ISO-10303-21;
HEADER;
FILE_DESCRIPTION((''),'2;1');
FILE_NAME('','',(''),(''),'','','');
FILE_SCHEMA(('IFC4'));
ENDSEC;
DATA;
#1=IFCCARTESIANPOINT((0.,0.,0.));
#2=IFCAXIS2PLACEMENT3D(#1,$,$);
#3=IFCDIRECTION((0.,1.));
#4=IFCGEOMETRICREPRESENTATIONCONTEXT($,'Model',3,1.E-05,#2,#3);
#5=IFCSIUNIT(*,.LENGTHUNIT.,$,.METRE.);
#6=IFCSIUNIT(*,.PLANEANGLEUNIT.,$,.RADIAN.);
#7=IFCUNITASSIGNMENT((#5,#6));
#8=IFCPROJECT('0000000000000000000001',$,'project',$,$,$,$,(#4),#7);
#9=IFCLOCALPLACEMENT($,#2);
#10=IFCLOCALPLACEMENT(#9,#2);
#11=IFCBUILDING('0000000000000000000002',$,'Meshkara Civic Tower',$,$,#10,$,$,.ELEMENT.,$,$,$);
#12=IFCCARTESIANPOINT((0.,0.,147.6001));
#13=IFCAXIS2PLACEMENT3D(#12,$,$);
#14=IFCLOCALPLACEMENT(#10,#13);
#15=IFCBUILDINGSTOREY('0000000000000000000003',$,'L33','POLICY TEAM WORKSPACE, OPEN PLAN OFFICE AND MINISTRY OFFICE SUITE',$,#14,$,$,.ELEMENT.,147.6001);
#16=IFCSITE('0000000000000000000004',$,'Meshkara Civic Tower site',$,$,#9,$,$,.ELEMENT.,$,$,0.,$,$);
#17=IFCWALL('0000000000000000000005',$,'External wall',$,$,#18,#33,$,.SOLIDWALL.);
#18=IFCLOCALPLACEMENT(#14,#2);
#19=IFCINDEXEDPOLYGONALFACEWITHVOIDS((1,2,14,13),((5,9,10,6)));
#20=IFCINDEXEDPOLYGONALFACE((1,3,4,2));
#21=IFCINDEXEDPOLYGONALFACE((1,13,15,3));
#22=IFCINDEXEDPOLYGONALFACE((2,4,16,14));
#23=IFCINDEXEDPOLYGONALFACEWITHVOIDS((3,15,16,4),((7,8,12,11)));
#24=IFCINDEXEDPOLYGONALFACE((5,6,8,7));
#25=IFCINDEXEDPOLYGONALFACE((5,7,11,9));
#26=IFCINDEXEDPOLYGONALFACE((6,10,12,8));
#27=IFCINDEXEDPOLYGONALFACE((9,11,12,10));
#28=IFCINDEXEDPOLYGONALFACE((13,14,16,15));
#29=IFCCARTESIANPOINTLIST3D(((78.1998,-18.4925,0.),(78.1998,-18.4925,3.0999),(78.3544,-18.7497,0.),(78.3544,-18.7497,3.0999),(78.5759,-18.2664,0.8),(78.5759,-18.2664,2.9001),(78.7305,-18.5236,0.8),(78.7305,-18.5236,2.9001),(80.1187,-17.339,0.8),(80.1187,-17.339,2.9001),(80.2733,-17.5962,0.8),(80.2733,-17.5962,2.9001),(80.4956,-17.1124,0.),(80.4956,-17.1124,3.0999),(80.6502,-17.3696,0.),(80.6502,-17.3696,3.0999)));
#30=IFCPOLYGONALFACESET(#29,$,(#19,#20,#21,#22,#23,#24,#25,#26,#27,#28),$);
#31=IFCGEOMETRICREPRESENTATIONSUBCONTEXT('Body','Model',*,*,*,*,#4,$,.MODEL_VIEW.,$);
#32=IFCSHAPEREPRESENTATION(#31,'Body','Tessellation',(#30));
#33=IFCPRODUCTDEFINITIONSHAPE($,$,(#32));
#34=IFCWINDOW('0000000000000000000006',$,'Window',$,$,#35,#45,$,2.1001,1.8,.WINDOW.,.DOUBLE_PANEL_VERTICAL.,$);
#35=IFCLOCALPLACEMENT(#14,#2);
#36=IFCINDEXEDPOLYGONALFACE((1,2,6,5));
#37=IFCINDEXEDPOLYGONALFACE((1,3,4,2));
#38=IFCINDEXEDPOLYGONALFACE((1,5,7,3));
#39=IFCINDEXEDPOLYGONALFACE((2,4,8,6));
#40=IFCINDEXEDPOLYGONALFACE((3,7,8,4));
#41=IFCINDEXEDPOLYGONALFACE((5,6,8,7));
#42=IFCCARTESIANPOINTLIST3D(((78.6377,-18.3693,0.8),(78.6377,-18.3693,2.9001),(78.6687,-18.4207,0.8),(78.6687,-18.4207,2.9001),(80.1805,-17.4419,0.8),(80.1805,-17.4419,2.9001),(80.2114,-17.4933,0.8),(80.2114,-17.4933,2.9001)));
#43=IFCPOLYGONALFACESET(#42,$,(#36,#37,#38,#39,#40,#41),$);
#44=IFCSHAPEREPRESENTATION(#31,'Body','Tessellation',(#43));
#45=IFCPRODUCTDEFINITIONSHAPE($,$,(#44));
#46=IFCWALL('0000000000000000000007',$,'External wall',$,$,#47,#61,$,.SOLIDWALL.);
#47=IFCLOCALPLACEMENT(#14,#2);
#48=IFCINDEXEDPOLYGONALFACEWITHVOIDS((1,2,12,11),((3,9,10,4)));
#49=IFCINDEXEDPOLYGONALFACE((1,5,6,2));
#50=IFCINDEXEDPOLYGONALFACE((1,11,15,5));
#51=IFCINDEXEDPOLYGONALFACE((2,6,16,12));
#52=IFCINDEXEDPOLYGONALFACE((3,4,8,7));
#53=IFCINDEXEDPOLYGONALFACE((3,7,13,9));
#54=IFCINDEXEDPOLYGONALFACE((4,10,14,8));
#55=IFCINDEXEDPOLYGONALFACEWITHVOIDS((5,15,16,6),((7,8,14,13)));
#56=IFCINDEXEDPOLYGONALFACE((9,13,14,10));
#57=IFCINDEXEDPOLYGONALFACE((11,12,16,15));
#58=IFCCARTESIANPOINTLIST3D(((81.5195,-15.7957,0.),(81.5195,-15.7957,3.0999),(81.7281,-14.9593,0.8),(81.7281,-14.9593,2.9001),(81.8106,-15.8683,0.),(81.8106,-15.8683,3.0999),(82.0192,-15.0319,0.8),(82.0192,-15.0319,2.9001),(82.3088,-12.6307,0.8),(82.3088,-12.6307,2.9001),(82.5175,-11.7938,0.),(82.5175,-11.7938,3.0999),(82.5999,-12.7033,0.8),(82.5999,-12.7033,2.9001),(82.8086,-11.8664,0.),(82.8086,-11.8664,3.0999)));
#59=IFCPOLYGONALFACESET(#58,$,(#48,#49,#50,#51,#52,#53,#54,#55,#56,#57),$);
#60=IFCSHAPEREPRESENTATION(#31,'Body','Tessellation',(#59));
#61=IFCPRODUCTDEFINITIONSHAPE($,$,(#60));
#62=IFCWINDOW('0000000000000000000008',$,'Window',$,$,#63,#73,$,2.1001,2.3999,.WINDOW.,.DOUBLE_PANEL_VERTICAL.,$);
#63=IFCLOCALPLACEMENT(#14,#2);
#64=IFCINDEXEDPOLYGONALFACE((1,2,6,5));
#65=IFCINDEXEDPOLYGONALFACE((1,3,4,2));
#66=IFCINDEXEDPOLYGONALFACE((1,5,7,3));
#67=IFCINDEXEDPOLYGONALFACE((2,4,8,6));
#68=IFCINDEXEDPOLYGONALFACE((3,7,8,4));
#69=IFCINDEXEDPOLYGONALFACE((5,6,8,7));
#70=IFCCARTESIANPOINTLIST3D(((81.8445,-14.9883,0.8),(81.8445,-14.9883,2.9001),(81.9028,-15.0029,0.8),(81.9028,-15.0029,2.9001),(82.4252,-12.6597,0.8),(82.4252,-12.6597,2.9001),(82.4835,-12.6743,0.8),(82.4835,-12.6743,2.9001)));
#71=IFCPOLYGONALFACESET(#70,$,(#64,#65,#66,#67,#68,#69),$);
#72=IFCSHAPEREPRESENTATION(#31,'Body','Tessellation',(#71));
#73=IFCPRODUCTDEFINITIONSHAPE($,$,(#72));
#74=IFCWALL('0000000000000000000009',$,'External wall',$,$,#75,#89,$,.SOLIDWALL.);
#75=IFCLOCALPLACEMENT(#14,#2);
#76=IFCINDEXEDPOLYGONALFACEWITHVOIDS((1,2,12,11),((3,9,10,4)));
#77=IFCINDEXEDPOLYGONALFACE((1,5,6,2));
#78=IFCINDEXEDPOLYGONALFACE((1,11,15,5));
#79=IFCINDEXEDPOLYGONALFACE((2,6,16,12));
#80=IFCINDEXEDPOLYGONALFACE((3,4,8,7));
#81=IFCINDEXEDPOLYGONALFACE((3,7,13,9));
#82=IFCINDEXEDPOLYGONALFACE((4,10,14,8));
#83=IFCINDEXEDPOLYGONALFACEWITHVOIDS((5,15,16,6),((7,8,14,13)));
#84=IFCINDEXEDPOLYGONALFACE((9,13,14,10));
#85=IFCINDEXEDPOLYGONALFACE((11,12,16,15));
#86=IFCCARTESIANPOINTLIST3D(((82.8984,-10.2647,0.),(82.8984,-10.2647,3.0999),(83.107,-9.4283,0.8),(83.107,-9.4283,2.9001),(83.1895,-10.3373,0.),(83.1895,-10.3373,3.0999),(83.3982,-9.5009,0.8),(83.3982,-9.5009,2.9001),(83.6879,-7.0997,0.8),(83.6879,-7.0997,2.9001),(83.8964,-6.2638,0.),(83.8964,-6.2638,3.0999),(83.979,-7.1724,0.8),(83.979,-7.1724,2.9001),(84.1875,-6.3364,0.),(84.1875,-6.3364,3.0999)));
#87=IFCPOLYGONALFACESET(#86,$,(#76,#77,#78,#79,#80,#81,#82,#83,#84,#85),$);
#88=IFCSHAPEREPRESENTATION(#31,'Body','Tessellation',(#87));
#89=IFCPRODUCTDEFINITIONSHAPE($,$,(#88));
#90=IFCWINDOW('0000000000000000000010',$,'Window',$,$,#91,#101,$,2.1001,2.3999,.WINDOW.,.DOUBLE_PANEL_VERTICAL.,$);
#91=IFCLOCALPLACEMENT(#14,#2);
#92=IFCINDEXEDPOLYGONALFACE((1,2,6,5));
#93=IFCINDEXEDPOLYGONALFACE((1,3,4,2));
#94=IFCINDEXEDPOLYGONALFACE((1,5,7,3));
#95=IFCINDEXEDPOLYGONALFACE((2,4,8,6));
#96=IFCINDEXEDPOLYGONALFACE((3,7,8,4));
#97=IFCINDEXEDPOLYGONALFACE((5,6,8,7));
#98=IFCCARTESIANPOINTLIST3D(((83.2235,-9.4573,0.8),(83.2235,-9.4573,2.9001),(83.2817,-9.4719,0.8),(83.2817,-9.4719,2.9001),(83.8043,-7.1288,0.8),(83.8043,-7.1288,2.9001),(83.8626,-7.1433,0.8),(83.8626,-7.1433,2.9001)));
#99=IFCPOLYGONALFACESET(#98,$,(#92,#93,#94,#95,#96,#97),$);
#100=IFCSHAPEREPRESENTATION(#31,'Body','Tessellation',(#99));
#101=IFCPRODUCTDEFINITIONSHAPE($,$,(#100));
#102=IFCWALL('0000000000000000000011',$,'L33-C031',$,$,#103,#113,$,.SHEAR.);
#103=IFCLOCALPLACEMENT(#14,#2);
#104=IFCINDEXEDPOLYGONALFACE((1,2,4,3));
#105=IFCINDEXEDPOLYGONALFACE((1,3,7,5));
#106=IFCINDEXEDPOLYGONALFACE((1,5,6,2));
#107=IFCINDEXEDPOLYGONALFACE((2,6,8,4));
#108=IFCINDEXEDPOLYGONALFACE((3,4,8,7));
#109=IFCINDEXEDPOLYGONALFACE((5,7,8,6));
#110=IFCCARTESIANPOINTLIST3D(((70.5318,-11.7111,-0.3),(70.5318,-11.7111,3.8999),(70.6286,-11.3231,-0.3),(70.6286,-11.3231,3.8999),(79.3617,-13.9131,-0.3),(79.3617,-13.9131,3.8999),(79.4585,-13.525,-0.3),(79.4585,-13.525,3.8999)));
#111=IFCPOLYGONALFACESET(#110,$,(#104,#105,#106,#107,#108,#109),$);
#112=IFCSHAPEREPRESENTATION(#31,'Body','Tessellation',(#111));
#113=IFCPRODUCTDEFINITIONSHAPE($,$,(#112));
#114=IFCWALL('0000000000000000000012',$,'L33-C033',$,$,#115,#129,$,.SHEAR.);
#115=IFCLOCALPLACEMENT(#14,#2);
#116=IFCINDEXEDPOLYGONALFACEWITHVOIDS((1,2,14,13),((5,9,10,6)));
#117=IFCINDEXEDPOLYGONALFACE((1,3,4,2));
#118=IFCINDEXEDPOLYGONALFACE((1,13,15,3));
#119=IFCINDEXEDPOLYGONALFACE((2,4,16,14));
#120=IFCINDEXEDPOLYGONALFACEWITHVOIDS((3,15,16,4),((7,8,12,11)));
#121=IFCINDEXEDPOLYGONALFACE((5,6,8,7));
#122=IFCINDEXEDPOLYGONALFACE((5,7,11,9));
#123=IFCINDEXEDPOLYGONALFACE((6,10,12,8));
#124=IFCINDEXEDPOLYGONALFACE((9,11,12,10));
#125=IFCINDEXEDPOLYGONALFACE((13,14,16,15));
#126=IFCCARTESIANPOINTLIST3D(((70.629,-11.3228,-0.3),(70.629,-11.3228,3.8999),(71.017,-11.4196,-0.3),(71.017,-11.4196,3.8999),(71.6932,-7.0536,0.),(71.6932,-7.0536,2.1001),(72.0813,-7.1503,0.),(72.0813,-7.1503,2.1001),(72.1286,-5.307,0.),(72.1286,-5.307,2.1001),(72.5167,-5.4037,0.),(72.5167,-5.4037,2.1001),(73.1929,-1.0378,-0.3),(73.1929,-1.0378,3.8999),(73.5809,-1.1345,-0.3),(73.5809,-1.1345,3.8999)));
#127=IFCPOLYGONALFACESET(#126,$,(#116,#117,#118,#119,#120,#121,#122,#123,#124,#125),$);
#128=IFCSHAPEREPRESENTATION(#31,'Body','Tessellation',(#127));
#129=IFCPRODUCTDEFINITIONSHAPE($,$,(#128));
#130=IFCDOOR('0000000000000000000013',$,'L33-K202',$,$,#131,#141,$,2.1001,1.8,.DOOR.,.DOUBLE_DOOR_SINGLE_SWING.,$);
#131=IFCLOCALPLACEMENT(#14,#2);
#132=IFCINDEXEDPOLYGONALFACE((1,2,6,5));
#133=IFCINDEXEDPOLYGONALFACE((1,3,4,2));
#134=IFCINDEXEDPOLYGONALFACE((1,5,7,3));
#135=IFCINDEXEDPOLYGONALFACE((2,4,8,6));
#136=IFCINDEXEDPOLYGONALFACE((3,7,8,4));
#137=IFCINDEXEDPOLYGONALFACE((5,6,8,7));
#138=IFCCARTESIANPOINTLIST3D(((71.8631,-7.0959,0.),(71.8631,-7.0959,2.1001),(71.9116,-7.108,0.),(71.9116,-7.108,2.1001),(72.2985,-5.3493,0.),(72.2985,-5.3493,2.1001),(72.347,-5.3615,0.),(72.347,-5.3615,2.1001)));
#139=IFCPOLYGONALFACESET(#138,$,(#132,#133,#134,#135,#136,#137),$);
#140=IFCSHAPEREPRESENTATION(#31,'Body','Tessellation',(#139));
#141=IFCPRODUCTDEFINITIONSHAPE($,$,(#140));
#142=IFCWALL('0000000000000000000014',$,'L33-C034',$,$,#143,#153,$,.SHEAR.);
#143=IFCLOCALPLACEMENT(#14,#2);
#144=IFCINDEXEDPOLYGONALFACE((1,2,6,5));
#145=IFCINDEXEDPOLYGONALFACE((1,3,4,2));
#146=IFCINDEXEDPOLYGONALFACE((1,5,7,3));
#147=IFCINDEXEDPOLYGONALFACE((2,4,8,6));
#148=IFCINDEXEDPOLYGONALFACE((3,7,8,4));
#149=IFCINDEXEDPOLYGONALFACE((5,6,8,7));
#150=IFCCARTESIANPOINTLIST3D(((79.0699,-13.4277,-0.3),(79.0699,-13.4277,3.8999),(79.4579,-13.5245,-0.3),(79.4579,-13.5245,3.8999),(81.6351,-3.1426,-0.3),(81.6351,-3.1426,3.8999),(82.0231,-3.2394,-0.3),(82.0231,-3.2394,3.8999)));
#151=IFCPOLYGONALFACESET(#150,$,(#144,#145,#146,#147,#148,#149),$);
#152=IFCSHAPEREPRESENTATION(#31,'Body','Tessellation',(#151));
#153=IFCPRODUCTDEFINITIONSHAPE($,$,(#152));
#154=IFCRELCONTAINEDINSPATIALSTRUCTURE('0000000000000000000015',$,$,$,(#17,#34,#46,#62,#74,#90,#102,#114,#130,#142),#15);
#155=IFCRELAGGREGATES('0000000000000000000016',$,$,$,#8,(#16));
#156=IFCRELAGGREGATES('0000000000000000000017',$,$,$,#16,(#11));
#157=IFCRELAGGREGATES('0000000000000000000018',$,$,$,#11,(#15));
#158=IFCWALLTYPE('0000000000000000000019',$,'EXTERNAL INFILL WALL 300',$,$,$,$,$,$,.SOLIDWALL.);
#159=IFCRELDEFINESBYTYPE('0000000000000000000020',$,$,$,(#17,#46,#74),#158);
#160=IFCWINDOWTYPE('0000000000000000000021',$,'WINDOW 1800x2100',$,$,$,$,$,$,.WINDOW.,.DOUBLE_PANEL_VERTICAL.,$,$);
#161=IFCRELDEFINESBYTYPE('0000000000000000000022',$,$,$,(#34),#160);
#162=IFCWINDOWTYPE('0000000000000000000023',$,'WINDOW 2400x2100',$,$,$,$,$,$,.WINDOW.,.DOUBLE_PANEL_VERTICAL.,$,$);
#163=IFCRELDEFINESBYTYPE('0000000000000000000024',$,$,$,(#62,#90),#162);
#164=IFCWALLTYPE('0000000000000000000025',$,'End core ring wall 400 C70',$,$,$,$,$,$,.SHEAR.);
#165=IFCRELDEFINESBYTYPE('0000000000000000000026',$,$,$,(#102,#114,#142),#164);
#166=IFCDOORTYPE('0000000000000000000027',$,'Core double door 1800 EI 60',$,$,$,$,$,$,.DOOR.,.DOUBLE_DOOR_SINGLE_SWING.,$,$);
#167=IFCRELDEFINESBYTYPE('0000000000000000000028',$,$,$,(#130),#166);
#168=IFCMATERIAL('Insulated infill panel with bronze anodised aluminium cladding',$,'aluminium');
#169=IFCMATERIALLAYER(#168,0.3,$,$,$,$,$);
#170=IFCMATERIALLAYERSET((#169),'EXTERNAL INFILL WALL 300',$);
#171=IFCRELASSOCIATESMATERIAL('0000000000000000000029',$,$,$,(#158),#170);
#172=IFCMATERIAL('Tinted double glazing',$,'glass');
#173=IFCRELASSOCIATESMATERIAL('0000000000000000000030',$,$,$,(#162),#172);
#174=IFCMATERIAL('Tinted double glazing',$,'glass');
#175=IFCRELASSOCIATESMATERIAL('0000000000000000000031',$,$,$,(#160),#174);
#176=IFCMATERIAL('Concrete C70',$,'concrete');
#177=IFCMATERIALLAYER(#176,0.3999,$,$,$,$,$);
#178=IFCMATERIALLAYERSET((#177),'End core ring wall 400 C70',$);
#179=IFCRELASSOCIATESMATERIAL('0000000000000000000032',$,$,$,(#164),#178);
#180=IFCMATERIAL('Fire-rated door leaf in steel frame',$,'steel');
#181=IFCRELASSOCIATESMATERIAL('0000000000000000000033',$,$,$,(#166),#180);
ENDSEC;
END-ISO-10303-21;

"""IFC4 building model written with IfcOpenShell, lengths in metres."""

from ifc_helpers import new_model, si_unit, direction, frame, frame_2d, origin, place, context, subcontext, project, spatial, rectangle, extrude, material, layer, layer_set, type_object, element, fill, save


model = new_model("IFC4")

# Units and contexts
model_context = context("Model", 3, precision=1e-05, world=origin(), true_north=direction((0.0, 1.0)))
body_context = subcontext(model_context, "Body", "Model", "MODEL_VIEW")
ifc_project = project(units=[si_unit("LENGTHUNIT", "METRE"), si_unit("PLANEANGLEUNIT", "RADIAN")], contexts=[model_context])

# Site, building, storey
site_placement = place(None, origin())
site = spatial("IfcSite", under=ifc_project, at=site_placement, Name="Meshkara Civic Tower site", CompositionType="ELEMENT", RefElevation=0.0)
building_placement = place(site_placement, origin())
building = spatial("IfcBuilding", under=site, at=building_placement, Name="Meshkara Civic Tower", CompositionType="ELEMENT")
storey_placement = place(building_placement, frame((0.0, 0.0, 147.6001)))
storey = spatial("IfcBuildingStorey", under=building, at=storey_placement, Name="L33", Description="POLICY TEAM WORKSPACE, OPEN PLAN OFFICE AND MINISTRY OFFICE SUITE", CompositionType="ELEMENT", Elevation=147.6001)

# Walls, openings, windows
ifc_material_1 = material(Name="Insulated infill panel with bronze anodised aluminium cladding", Category="aluminium")
ifc_layer_1 = layer(ifc_material_1, 0.3)
ifc_layer_set_1 = layer_set([ifc_layer_1], Name="EXTERNAL INFILL WALL 300")
wall_type_1 = type_object("IfcWallType", Name="EXTERNAL INFILL WALL 300", PredefinedType="SOLIDWALL", material=ifc_layer_set_1)
ifc_material_2 = material(Name="Tinted double glazing", Category="glass")
window_type_1 = type_object("IfcWindowType", Name="WINDOW 2400x2100", PartitioningType="DOUBLE_PANEL_VERTICAL", PredefinedType="WINDOW", material=ifc_material_2)
wall_1_placement = place(storey_placement, frame((78.2771, -18.6211, 0.0), z_axis=(0.0, 0.0, 1.0), x_axis=(0.857066, 0.515206, 0.0)))
wall_1 = element("IfcWall", 1, at=wall_1_placement, inside=storey, type_object=wall_type_1, Name="External wall", PredefinedType="SOLIDWALL", context=body_context, shape_type="SweptSolid", body=[
    extrude(rectangle(XDim=2.6787, YDim=0.3, at=frame_2d((1.3394, 0.0))), origin(), (0.0, 0.0, 1.0), 3.0999),
])
opening_1_placement = place(wall_1_placement, frame((0.439, 0.0, 0.8)))
opening_1 = element("IfcOpeningElement", 2, at=opening_1_placement, cuts=wall_1, PredefinedType="OPENING", context=body_context, shape_type="SweptSolid", body=[
    extrude(rectangle(XDim=1.8, YDim=2.1001, at=frame_2d((0.8999, 1.05))), frame((0.0, 0.1599, 0.0), z_axis=(0.0, -1.0, 0.0), x_axis=(1.0, 0.0, 0.0)), (0.0, 0.0, 1.0), 0.3201),
])
ifc_material_3 = material(Name="Tinted double glazing", Category="glass")
window_type_2 = type_object("IfcWindowType", Name="WINDOW 1800x2100", PartitioningType="DOUBLE_PANEL_VERTICAL", PredefinedType="WINDOW", material=ifc_material_3)
window_1_placement = place(opening_1_placement, origin())
window_1 = element("IfcWindow", 3, at=window_1_placement, inside=storey, type_object=window_type_2, Name="Window", OverallHeight=2.1001, OverallWidth=1.8, PartitioningType="DOUBLE_PANEL_VERTICAL", PredefinedType="WINDOW", context=body_context, shape_type="SweptSolid", body=[
    extrude(rectangle(XDim=1.8, YDim=2.1001, at=frame_2d((0.8999, 1.05))), frame((0.0, 0.03, 0.0), z_axis=(0.0, -1.0, 0.0), x_axis=(1.0, 0.0, 0.0)), (0.0, 0.0, 1.0), 0.0601),
])
fill(opening_1, window_1)
wall_2_placement = place(storey_placement, frame((81.665, -15.832, 0.0), z_axis=(0.0, 0.0, 1.0), x_axis=(0.241978, 0.970282, 0.0)))
wall_2 = element("IfcWall", 4, at=wall_2_placement, inside=storey, type_object=wall_type_1, Name="External wall", PredefinedType="SOLIDWALL", context=body_context, shape_type="SweptSolid", body=[
    extrude(rectangle(XDim=4.1245, YDim=0.3, at=frame_2d((2.0623, 0.0))), origin(), (0.0, 0.0, 1.0), 3.0999),
])
opening_2_placement = place(wall_2_placement, frame((0.8621, 0.0, 0.8)))
opening_2 = element("IfcOpeningElement", 5, at=opening_2_placement, cuts=wall_2, PredefinedType="OPENING", context=body_context, shape_type="SweptSolid", body=[
    extrude(rectangle(XDim=2.3999, YDim=2.1001, at=frame_2d((1.2, 1.05))), frame((0.0, 0.1599, 0.0), z_axis=(0.0, -1.0, 0.0), x_axis=(1.0, 0.0, 0.0)), (0.0, 0.0, 1.0), 0.3201),
])
window_2_placement = place(opening_2_placement, origin())
window_2 = element("IfcWindow", 6, at=window_2_placement, inside=storey, type_object=window_type_1, Name="Window", OverallHeight=2.1001, OverallWidth=2.3999, PartitioningType="DOUBLE_PANEL_VERTICAL", PredefinedType="WINDOW", context=body_context, shape_type="SweptSolid", body=[
    extrude(rectangle(XDim=2.3999, YDim=2.1001, at=frame_2d((1.2, 1.05))), frame((0.0, 0.03, 0.0), z_axis=(0.0, -1.0, 0.0), x_axis=(1.0, 0.0, 0.0)), (0.0, 0.0, 1.0), 0.0601),
])
fill(opening_2, window_2)
wall_3_placement = place(storey_placement, frame((83.0439, -10.301, 0.0), z_axis=(0.0, 0.0, 1.0), x_axis=(0.242034, 0.970268, 0.0)))
wall_3 = element("IfcWall", 7, at=wall_3_placement, inside=storey, type_object=wall_type_1, Name="External wall", PredefinedType="SOLIDWALL", context=body_context, shape_type="SweptSolid", body=[
    extrude(rectangle(XDim=4.1235, YDim=0.3, at=frame_2d((2.0618, 0.0))), origin(), (0.0, 0.0, 1.0), 3.0999),
])
opening_3_placement = place(wall_3_placement, frame((0.8621, 0.0, 0.8)))
opening_3 = element("IfcOpeningElement", 8, at=opening_3_placement, cuts=wall_3, PredefinedType="OPENING", context=body_context, shape_type="SweptSolid", body=[
    extrude(rectangle(XDim=2.3999, YDim=2.1001, at=frame_2d((1.2, 1.05))), frame((0.0, 0.1599, 0.0), z_axis=(0.0, -1.0, 0.0), x_axis=(1.0, 0.0, 0.0)), (0.0, 0.0, 1.0), 0.3201),
])
window_3_placement = place(opening_3_placement, origin())
window_3 = element("IfcWindow", 9, at=window_3_placement, inside=storey, type_object=window_type_1, Name="Window", OverallHeight=2.1001, OverallWidth=2.3999, PartitioningType="DOUBLE_PANEL_VERTICAL", PredefinedType="WINDOW", context=body_context, shape_type="SweptSolid", body=[
    extrude(rectangle(XDim=2.3999, YDim=2.1001, at=frame_2d((1.2, 1.05))), frame((0.0, 0.03, 0.0), z_axis=(0.0, -1.0, 0.0), x_axis=(1.0, 0.0, 0.0)), (0.0, 0.0, 1.0), 0.0601),
])
fill(opening_3, window_3)

# Wall
ifc_material_4 = material(Name="Concrete C70", Category="concrete")
ifc_layer_2 = layer(ifc_material_4, 0.3999)
ifc_layer_set_2 = layer_set([ifc_layer_2], Name="End core ring wall 400 C70")
wall_type_2 = type_object("IfcWallType", Name="End core ring wall 400 C70", PredefinedType="SHEAR", material=ifc_layer_set_2)
wall_4_placement = place(storey_placement, frame((70.5801, -11.5171, -0.3), z_axis=(0.0, 0.0, 1.0), x_axis=(0.970286, -0.241961, 0.0)))
element("IfcWall", 10, at=wall_4_placement, inside=storey, type_object=wall_type_2, Name="L33-C031", PredefinedType="SHEAR", context=body_context, shape_type="SweptSolid", body=[
    extrude(rectangle(XDim=9.1003, YDim=0.3999, at=frame_2d((4.5503, 0.0))), origin(), (0.0, 0.0, 1.0), 4.2),
])

# Wall, opening, door
wall_5_placement = place(storey_placement, frame((70.823, -11.3711, -0.3), z_axis=(0.0, 0.0, 1.0), x_axis=(0.241885, 0.970305, 0.0)))
wall_5 = element("IfcWall", 11, at=wall_5_placement, inside=storey, type_object=wall_type_2, Name="L33-C033", PredefinedType="SHEAR", context=body_context, shape_type="SweptSolid", body=[
    extrude(rectangle(XDim=10.5999, YDim=0.3999, at=frame_2d((5.2998, 0.0))), origin(), (0.0, 0.0, 1.0), 4.2),
])
opening_4_placement = place(wall_5_placement, frame((4.3999, 0.0, 0.3)))
opening_4 = element("IfcOpeningElement", 12, at=opening_4_placement, cuts=wall_5, PredefinedType="OPENING", context=body_context, shape_type="SweptSolid", body=[
    extrude(rectangle(XDim=1.8, YDim=2.1001, at=frame_2d((0.8999, 1.05))), frame((0.0, 0.21, 0.0), z_axis=(0.0, -1.0, 0.0), x_axis=(1.0, 0.0, 0.0)), (0.0, 0.0, 1.0), 0.4199),
])
ifc_material_5 = material(Name="Fire-rated door leaf in steel frame", Category="steel")
door_type_1 = type_object("IfcDoorType", Name="Core double door 1800 EI 60", OperationType="DOUBLE_DOOR_SINGLE_SWING", PredefinedType="DOOR", material=ifc_material_5)
door_1_placement = place(opening_4_placement, origin())
door_1 = element("IfcDoor", 13, at=door_1_placement, inside=storey, type_object=door_type_1, Name="L33-K202", OperationType="DOUBLE_DOOR_SINGLE_SWING", OverallHeight=2.1001, OverallWidth=1.8, PredefinedType="DOOR", context=body_context, shape_type="SweptSolid", body=[
    extrude(rectangle(XDim=1.8, YDim=2.1001, at=frame_2d((0.8999, 1.05))), frame((0.0, 0.0249, 0.0), z_axis=(0.0, -1.0, 0.0), x_axis=(1.0, 0.0, 0.0)), (0.0, 0.0, 1.0), 0.05),
])
fill(opening_4, door_1)

# Wall
wall_6_placement = place(storey_placement, frame((79.2639, -13.4761, -0.3), z_axis=(0.0, 0.0, 1.0), x_axis=(0.241994, 0.970278, 0.0)))
element("IfcWall", 14, at=wall_6_placement, inside=storey, type_object=wall_type_2, Name="L33-C034", PredefinedType="SHEAR", context=body_context, shape_type="SweptSolid", body=[
    extrude(rectangle(XDim=10.6001, YDim=0.3999, at=frame_2d((5.3, 0.0))), origin(), (0.0, 0.0, 1.0), 4.2),
])

save(model, "model.ifc")
